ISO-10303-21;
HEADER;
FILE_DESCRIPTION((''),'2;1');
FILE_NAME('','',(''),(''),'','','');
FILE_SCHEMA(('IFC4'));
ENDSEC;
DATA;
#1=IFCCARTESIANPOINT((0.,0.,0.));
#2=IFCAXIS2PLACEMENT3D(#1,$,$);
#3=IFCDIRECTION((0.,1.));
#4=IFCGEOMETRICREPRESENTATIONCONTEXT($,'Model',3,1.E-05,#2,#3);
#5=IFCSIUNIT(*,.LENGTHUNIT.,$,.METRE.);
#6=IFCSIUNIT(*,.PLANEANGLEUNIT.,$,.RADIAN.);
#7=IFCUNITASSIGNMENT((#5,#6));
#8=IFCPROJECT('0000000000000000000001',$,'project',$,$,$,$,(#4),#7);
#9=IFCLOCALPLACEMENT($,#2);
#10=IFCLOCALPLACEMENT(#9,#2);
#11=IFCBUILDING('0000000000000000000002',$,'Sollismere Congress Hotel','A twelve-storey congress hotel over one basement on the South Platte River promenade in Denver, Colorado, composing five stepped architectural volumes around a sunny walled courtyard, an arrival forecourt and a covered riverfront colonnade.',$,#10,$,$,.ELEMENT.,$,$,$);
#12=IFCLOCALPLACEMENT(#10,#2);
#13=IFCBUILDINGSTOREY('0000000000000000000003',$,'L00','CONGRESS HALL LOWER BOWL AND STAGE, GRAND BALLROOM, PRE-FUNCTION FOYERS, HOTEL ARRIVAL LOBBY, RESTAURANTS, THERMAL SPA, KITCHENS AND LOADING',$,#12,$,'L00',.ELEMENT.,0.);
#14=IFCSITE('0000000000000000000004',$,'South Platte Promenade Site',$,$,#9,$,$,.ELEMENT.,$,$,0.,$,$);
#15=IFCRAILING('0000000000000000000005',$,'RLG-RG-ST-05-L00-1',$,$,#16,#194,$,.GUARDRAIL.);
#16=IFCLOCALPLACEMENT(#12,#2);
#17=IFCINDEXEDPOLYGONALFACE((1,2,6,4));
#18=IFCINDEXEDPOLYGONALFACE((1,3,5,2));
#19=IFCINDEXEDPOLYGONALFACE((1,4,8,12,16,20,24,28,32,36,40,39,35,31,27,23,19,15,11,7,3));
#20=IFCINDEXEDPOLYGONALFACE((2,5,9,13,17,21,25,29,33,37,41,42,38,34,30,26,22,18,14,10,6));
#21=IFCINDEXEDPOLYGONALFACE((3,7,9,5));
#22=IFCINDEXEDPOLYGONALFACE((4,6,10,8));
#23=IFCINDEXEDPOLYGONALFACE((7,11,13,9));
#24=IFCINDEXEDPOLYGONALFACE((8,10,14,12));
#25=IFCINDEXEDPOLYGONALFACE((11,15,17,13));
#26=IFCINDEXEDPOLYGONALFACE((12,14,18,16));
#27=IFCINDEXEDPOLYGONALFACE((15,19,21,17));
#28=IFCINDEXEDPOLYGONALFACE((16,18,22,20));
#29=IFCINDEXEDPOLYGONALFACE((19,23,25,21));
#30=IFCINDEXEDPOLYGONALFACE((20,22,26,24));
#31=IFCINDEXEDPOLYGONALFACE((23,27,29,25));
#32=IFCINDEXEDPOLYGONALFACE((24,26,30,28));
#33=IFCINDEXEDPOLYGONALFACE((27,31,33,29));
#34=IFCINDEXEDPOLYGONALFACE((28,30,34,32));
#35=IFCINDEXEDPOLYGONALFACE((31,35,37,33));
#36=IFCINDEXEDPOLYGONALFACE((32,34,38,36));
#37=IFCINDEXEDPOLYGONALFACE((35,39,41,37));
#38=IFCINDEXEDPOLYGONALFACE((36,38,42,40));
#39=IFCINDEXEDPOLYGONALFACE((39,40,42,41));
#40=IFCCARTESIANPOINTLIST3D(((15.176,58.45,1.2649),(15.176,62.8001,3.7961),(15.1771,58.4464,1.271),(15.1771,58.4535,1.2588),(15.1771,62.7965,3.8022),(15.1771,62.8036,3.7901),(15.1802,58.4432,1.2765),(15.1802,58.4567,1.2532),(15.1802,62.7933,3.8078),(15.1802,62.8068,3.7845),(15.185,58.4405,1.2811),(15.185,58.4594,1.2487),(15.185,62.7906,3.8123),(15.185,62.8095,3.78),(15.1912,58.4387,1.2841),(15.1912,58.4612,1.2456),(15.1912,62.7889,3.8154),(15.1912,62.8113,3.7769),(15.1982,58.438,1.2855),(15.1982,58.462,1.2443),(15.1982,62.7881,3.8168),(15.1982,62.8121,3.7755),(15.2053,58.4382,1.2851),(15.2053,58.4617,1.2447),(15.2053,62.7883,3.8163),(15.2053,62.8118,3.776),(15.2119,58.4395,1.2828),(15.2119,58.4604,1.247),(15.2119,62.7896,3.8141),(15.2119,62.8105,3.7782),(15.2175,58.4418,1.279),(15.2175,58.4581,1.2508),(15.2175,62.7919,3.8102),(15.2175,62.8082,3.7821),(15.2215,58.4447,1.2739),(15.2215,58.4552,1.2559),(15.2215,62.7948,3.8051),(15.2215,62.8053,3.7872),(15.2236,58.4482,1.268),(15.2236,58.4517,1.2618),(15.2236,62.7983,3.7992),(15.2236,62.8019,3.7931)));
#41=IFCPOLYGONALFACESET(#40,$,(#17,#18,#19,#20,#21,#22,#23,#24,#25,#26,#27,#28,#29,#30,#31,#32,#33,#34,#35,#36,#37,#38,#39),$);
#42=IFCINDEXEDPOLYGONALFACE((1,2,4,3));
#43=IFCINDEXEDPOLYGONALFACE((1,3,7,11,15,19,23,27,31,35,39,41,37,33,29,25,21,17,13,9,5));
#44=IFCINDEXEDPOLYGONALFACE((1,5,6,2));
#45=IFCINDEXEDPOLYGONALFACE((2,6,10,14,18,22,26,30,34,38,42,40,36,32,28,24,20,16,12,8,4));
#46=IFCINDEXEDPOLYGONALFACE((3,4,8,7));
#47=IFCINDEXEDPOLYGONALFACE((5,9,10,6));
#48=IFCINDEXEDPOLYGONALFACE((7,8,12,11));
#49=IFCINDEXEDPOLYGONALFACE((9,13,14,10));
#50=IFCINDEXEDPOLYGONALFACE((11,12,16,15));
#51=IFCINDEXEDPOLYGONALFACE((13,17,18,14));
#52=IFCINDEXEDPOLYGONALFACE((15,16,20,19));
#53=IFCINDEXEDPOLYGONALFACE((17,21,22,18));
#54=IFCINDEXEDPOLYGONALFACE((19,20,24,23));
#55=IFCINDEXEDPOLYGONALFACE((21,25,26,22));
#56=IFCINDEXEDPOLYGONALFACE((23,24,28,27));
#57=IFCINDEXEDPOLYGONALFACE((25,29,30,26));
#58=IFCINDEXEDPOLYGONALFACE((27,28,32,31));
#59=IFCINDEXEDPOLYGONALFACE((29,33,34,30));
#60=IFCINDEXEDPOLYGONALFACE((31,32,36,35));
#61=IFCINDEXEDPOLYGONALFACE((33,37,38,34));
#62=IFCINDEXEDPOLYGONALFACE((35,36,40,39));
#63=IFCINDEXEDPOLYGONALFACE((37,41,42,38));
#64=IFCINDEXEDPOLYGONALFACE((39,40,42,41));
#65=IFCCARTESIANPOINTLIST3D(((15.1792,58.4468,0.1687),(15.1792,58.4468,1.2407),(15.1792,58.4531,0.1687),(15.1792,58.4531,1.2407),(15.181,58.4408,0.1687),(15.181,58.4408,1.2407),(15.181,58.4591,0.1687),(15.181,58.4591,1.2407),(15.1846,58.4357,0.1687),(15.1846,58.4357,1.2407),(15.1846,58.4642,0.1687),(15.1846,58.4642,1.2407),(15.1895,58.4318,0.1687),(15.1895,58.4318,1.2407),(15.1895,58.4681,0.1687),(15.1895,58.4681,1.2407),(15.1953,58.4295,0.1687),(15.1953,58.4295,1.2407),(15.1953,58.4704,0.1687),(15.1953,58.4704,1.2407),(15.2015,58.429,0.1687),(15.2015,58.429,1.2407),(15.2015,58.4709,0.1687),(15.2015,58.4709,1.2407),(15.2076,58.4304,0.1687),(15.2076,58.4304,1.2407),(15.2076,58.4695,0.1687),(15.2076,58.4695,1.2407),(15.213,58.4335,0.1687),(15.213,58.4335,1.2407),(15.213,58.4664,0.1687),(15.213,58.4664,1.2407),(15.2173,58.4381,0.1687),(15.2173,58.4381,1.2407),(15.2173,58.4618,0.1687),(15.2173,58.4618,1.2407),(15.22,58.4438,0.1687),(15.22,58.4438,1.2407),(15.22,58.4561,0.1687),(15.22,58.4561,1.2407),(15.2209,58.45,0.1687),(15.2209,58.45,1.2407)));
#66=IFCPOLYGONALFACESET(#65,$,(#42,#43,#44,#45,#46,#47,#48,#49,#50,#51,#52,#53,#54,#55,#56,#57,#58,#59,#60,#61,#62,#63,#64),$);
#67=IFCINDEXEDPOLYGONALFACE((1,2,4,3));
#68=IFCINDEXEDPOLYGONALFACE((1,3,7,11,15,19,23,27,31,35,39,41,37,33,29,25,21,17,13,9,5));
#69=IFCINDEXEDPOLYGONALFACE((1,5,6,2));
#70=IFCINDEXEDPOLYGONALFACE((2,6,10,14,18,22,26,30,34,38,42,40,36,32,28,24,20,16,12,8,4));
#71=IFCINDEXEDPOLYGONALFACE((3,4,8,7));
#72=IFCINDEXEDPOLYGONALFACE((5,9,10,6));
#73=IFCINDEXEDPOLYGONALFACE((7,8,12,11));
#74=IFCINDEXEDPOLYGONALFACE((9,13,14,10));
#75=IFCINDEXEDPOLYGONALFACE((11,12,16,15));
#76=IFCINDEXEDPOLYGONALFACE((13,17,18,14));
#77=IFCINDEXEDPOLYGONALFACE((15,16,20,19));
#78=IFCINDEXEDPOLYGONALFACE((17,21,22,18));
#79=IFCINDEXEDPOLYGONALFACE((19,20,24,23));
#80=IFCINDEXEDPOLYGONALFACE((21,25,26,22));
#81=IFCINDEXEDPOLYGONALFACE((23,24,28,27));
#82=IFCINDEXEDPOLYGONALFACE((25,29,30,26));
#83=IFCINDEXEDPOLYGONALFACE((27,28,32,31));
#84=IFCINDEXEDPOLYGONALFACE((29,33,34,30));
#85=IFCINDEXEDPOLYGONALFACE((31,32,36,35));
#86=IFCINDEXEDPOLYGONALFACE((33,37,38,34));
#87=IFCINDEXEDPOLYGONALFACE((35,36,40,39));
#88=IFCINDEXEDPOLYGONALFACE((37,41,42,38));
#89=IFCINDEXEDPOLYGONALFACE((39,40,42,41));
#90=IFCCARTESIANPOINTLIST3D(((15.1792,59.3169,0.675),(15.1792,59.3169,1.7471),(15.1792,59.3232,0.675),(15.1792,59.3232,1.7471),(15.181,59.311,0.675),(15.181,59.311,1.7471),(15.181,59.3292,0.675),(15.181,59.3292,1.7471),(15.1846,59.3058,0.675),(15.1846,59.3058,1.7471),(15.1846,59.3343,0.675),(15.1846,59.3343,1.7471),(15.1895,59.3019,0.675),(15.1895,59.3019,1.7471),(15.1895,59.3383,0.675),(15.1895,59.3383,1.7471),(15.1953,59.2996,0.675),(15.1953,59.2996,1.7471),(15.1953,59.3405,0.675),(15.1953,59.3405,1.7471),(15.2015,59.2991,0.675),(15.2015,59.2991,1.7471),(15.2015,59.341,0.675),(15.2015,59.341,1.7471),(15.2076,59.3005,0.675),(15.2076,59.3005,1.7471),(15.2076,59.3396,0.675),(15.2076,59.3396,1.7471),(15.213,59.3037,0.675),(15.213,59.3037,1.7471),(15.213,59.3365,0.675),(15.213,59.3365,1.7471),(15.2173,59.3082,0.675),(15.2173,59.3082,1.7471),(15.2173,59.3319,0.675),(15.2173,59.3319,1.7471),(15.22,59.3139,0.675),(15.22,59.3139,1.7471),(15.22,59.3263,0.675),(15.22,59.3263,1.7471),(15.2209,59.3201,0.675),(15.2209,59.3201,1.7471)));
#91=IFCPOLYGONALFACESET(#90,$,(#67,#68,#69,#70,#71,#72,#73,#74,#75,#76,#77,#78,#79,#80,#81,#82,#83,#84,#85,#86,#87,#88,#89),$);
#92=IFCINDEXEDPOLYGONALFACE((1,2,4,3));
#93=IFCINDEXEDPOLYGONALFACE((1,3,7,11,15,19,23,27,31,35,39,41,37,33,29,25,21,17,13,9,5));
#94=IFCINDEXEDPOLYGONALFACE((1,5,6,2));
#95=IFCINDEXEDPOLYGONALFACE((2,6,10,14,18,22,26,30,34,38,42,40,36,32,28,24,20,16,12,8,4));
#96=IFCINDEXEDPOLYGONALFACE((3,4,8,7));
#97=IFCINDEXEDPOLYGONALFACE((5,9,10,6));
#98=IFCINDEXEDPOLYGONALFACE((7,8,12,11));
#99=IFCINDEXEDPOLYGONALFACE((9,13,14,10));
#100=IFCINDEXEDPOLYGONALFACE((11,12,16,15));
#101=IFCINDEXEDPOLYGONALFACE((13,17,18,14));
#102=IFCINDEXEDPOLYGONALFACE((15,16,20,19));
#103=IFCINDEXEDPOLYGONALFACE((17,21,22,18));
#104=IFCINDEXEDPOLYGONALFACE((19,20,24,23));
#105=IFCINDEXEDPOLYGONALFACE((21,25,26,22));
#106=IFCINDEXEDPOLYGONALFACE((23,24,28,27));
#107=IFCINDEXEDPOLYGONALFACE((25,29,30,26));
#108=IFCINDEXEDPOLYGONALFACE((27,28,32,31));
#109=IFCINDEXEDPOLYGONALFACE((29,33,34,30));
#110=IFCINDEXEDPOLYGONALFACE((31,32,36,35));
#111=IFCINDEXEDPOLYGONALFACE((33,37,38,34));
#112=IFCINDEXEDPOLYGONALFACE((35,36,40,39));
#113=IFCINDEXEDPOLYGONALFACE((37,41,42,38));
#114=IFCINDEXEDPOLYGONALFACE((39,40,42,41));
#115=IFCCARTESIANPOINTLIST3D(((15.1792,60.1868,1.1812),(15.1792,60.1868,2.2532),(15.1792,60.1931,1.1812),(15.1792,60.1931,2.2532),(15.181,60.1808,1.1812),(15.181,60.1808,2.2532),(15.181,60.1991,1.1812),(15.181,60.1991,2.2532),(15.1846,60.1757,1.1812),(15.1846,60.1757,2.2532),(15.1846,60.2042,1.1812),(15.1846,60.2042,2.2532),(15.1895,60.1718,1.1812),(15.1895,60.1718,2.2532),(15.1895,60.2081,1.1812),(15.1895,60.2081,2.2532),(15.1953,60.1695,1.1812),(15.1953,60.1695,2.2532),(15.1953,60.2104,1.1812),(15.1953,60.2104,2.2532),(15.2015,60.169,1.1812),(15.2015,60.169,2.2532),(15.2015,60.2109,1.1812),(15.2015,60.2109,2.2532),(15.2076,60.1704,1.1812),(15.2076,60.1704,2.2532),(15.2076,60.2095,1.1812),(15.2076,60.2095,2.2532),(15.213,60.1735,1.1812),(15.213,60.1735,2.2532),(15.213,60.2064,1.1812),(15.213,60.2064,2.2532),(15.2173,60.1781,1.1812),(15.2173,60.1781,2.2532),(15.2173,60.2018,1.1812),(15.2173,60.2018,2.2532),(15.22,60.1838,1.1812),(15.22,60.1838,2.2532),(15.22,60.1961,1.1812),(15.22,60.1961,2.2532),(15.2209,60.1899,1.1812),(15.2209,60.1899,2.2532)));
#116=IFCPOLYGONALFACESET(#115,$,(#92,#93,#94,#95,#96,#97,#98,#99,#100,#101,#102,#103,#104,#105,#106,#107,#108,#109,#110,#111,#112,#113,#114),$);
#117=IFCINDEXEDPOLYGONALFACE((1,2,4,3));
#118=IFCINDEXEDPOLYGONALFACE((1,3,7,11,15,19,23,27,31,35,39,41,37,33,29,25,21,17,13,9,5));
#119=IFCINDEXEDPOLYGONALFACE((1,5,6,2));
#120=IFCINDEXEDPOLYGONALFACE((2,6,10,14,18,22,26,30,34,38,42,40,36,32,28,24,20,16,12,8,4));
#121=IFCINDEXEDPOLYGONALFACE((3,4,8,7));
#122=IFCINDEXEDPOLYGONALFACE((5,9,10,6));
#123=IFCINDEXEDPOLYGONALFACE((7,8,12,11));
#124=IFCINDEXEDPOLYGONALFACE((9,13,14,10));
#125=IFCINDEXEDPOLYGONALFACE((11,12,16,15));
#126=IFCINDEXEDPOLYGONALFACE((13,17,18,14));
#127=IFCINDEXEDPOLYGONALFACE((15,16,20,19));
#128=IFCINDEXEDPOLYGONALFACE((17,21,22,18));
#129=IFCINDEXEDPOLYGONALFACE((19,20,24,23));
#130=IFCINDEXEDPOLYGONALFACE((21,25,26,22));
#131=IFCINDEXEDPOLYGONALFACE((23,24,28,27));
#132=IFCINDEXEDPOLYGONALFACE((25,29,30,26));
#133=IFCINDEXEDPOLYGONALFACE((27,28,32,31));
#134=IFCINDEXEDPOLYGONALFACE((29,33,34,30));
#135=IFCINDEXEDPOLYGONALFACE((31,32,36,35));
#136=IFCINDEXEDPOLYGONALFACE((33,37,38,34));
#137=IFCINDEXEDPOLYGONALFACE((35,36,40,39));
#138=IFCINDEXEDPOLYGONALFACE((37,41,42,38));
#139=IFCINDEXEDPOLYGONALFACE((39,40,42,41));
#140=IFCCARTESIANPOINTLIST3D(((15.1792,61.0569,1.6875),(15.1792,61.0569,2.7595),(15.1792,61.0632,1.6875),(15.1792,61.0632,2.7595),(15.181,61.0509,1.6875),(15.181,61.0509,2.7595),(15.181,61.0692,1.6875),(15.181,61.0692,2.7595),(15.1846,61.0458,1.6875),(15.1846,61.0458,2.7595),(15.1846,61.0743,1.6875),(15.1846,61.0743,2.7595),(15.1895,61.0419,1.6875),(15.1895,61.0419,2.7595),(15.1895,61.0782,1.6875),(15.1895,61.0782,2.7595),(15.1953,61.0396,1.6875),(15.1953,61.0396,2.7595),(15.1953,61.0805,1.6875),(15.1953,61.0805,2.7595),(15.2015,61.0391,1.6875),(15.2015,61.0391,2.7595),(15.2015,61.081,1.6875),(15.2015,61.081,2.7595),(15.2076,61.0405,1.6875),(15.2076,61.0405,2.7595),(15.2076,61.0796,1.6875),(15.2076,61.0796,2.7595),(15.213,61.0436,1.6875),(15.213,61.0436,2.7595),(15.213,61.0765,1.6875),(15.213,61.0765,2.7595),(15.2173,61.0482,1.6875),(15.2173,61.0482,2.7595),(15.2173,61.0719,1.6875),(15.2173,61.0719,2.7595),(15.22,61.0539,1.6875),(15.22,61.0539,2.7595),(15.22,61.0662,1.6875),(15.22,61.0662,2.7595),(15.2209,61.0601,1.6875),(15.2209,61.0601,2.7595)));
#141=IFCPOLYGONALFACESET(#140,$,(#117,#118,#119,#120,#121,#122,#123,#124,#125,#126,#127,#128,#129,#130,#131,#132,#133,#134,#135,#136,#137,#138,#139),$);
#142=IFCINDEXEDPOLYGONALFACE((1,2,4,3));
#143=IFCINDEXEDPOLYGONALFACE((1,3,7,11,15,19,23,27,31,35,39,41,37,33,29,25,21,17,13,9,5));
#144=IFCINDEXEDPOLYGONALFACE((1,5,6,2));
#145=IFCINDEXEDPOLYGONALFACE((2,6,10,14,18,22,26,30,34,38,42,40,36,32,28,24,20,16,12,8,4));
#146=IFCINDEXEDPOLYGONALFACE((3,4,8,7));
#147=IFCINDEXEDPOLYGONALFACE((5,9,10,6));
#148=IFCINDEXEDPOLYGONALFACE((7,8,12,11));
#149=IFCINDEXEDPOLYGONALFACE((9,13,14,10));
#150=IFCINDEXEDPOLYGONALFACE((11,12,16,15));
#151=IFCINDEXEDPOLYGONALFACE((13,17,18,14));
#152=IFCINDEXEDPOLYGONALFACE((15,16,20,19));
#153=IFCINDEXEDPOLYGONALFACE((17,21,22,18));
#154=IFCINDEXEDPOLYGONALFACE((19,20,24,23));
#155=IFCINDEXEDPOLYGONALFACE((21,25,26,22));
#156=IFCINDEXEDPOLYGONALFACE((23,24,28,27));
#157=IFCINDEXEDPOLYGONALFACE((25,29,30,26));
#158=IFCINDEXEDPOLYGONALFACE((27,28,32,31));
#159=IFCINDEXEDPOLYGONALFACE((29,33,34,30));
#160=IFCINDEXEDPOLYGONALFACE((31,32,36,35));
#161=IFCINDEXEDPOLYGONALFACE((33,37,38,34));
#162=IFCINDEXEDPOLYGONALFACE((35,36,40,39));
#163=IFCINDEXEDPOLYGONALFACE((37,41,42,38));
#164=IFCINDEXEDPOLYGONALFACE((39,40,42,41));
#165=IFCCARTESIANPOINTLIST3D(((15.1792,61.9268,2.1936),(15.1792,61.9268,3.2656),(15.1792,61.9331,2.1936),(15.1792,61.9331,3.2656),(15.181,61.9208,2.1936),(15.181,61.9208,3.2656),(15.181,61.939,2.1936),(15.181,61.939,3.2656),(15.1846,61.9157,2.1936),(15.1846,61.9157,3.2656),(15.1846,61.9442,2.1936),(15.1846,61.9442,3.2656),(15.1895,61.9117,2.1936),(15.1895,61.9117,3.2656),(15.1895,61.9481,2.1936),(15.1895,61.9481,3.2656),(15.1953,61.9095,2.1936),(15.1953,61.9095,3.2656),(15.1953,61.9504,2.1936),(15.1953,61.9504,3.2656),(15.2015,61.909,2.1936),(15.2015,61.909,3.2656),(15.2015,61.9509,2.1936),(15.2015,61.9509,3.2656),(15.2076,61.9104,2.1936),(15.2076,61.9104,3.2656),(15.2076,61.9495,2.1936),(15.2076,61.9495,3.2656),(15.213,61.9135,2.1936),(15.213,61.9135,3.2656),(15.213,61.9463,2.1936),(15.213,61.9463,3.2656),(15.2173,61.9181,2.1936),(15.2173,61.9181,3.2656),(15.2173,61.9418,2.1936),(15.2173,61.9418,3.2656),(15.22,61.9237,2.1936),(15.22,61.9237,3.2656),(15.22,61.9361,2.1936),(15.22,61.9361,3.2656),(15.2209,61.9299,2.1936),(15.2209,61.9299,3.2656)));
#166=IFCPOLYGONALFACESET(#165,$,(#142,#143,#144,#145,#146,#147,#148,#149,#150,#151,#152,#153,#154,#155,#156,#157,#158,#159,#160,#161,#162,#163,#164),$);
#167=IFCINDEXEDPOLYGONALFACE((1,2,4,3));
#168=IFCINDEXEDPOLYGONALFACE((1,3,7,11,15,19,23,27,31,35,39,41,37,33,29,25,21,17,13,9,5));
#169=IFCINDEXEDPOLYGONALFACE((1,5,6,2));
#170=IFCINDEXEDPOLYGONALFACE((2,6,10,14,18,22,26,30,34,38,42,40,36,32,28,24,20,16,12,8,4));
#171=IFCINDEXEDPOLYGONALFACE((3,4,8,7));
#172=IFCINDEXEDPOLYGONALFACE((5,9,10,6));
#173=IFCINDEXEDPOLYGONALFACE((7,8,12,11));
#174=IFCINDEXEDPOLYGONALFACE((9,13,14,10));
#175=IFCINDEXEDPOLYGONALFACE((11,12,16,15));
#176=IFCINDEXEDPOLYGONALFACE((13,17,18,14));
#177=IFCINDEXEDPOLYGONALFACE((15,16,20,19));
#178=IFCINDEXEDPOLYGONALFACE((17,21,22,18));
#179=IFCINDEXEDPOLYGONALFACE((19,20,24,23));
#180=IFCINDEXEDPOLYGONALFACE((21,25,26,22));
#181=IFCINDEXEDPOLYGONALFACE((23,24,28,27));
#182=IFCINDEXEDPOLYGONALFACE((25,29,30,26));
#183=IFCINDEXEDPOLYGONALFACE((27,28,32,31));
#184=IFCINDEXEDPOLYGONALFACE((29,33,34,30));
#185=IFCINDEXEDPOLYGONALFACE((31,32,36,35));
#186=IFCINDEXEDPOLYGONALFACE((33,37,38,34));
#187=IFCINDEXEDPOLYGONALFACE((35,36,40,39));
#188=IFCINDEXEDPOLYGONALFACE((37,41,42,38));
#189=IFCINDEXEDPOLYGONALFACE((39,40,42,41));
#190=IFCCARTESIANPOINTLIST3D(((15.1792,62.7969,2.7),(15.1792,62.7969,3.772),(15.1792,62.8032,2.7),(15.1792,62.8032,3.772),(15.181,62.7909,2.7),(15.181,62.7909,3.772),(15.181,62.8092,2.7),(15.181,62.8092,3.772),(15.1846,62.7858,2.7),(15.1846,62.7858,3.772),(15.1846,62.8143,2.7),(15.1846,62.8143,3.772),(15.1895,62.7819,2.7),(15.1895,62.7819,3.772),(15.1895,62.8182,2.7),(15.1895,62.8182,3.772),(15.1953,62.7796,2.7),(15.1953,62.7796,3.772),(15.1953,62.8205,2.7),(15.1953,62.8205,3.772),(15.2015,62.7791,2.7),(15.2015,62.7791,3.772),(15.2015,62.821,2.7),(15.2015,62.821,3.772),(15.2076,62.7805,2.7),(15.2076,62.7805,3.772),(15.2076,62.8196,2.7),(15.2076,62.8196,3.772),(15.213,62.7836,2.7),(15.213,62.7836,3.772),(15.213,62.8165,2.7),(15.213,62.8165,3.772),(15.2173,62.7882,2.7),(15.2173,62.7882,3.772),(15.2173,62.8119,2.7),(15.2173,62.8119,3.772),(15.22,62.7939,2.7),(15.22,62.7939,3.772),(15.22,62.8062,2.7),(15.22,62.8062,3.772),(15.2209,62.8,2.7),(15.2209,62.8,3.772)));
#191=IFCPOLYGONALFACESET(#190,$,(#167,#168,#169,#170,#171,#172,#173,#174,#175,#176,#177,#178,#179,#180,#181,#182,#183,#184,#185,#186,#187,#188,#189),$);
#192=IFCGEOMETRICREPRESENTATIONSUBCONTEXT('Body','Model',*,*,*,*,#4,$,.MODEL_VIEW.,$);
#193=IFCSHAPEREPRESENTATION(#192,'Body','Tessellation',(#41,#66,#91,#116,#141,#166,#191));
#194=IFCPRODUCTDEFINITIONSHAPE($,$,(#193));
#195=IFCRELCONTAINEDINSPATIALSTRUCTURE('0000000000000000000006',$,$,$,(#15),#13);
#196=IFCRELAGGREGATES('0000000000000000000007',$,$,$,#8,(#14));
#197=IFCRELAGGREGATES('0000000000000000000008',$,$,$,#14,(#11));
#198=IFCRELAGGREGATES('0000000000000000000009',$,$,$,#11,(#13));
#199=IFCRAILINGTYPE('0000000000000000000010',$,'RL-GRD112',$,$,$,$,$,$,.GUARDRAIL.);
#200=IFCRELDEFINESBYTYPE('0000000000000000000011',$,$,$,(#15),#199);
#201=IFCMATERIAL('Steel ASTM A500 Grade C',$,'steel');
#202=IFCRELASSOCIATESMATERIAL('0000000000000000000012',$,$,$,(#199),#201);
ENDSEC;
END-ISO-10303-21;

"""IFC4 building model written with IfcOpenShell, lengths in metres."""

from ifc_helpers import new_model, si_unit, direction, frame, origin, origin_2d, place, context, subcontext, project, spatial, circle, extrude, material, type_object, element, save


model = new_model("IFC4")

# Units and contexts
model_context = context("Model", 3, precision=1e-05, world=origin(), true_north=direction((0.0, 1.0)))
body_context = subcontext(model_context, "Body", "Model", "MODEL_VIEW")
ifc_project = project(units=[si_unit("LENGTHUNIT", "METRE"), si_unit("PLANEANGLEUNIT", "RADIAN")], contexts=[model_context])

# Site, building, storey
site_placement = place(None, origin())
site = spatial("IfcSite", under=ifc_project, at=site_placement, Name="South Platte Promenade Site", CompositionType="ELEMENT", RefElevation=0.0)
building_placement = place(site_placement, origin())
building = spatial("IfcBuilding", under=site, at=building_placement, Name="Sollismere Congress Hotel", Description="A twelve-storey congress hotel over one basement on the South Platte River promenade in Denver, Colorado, composing five stepped architectural volumes around a sunny walled courtyard, an arrival forecourt and a covered riverfront colonnade.", CompositionType="ELEMENT")
storey_placement = place(building_placement, origin())
storey = spatial("IfcBuildingStorey", under=building, at=storey_placement, Name="L00", Description="CONGRESS HALL LOWER BOWL AND STAGE, GRAND BALLROOM, PRE-FUNCTION FOYERS, HOTEL ARRIVAL LOBBY, RESTAURANTS, THERMAL SPA, KITCHENS AND LOADING", LongName="L00", CompositionType="ELEMENT", Elevation=0.0)

# Shared definitions
ifc_material_1 = material(Name="Steel ASTM A500 Grade C", Category="steel")

# Railing
railing_type_1 = type_object("IfcRailingType", Name="RL-GRD112", PredefinedType="GUARDRAIL", material=ifc_material_1)
railing_1_placement = place(storey_placement, frame((15.2, 58.45, 0.1687)))
element("IfcRailing", 1, at=railing_1_placement, inside=storey, type_object=railing_type_1, Name="RLG-RG-ST-05-L00-1", PredefinedType="GUARDRAIL", context=body_context, shape_type="SweptSolid", body=[
    extrude(circle(Radius=0.0239, at=origin_2d()), frame((0.0, 0.0, 1.0962), z_axis=(0.0, 0.864324, 0.502936), x_axis=(-1.0, 0.0, 0.0)), (0.0, 0.0, 1.0), 5.033),
    extrude(circle(Radius=0.021, at=origin_2d()), origin(), (0.0, 0.0, 1.0), 1.072),
    extrude(circle(Radius=0.021, at=origin_2d()), frame((0.0, 0.8701, 0.5063)), (0.0, 0.0, 1.0), 1.072),
    extrude(circle(Radius=0.021, at=origin_2d()), frame((0.0, 1.74, 1.0125)), (0.0, 0.0, 1.0), 1.072),
    extrude(circle(Radius=0.021, at=origin_2d()), frame((0.0, 2.6101, 1.5188)), (0.0, 0.0, 1.0), 1.072),
    extrude(circle(Radius=0.021, at=origin_2d()), frame((0.0, 3.48, 2.0249)), (0.0, 0.0, 1.0), 1.072),
    extrude(circle(Radius=0.021, at=origin_2d()), frame((0.0, 4.3501, 2.5312)), (0.0, 0.0, 1.0), 1.072),
])

save(model, "model.ifc")
